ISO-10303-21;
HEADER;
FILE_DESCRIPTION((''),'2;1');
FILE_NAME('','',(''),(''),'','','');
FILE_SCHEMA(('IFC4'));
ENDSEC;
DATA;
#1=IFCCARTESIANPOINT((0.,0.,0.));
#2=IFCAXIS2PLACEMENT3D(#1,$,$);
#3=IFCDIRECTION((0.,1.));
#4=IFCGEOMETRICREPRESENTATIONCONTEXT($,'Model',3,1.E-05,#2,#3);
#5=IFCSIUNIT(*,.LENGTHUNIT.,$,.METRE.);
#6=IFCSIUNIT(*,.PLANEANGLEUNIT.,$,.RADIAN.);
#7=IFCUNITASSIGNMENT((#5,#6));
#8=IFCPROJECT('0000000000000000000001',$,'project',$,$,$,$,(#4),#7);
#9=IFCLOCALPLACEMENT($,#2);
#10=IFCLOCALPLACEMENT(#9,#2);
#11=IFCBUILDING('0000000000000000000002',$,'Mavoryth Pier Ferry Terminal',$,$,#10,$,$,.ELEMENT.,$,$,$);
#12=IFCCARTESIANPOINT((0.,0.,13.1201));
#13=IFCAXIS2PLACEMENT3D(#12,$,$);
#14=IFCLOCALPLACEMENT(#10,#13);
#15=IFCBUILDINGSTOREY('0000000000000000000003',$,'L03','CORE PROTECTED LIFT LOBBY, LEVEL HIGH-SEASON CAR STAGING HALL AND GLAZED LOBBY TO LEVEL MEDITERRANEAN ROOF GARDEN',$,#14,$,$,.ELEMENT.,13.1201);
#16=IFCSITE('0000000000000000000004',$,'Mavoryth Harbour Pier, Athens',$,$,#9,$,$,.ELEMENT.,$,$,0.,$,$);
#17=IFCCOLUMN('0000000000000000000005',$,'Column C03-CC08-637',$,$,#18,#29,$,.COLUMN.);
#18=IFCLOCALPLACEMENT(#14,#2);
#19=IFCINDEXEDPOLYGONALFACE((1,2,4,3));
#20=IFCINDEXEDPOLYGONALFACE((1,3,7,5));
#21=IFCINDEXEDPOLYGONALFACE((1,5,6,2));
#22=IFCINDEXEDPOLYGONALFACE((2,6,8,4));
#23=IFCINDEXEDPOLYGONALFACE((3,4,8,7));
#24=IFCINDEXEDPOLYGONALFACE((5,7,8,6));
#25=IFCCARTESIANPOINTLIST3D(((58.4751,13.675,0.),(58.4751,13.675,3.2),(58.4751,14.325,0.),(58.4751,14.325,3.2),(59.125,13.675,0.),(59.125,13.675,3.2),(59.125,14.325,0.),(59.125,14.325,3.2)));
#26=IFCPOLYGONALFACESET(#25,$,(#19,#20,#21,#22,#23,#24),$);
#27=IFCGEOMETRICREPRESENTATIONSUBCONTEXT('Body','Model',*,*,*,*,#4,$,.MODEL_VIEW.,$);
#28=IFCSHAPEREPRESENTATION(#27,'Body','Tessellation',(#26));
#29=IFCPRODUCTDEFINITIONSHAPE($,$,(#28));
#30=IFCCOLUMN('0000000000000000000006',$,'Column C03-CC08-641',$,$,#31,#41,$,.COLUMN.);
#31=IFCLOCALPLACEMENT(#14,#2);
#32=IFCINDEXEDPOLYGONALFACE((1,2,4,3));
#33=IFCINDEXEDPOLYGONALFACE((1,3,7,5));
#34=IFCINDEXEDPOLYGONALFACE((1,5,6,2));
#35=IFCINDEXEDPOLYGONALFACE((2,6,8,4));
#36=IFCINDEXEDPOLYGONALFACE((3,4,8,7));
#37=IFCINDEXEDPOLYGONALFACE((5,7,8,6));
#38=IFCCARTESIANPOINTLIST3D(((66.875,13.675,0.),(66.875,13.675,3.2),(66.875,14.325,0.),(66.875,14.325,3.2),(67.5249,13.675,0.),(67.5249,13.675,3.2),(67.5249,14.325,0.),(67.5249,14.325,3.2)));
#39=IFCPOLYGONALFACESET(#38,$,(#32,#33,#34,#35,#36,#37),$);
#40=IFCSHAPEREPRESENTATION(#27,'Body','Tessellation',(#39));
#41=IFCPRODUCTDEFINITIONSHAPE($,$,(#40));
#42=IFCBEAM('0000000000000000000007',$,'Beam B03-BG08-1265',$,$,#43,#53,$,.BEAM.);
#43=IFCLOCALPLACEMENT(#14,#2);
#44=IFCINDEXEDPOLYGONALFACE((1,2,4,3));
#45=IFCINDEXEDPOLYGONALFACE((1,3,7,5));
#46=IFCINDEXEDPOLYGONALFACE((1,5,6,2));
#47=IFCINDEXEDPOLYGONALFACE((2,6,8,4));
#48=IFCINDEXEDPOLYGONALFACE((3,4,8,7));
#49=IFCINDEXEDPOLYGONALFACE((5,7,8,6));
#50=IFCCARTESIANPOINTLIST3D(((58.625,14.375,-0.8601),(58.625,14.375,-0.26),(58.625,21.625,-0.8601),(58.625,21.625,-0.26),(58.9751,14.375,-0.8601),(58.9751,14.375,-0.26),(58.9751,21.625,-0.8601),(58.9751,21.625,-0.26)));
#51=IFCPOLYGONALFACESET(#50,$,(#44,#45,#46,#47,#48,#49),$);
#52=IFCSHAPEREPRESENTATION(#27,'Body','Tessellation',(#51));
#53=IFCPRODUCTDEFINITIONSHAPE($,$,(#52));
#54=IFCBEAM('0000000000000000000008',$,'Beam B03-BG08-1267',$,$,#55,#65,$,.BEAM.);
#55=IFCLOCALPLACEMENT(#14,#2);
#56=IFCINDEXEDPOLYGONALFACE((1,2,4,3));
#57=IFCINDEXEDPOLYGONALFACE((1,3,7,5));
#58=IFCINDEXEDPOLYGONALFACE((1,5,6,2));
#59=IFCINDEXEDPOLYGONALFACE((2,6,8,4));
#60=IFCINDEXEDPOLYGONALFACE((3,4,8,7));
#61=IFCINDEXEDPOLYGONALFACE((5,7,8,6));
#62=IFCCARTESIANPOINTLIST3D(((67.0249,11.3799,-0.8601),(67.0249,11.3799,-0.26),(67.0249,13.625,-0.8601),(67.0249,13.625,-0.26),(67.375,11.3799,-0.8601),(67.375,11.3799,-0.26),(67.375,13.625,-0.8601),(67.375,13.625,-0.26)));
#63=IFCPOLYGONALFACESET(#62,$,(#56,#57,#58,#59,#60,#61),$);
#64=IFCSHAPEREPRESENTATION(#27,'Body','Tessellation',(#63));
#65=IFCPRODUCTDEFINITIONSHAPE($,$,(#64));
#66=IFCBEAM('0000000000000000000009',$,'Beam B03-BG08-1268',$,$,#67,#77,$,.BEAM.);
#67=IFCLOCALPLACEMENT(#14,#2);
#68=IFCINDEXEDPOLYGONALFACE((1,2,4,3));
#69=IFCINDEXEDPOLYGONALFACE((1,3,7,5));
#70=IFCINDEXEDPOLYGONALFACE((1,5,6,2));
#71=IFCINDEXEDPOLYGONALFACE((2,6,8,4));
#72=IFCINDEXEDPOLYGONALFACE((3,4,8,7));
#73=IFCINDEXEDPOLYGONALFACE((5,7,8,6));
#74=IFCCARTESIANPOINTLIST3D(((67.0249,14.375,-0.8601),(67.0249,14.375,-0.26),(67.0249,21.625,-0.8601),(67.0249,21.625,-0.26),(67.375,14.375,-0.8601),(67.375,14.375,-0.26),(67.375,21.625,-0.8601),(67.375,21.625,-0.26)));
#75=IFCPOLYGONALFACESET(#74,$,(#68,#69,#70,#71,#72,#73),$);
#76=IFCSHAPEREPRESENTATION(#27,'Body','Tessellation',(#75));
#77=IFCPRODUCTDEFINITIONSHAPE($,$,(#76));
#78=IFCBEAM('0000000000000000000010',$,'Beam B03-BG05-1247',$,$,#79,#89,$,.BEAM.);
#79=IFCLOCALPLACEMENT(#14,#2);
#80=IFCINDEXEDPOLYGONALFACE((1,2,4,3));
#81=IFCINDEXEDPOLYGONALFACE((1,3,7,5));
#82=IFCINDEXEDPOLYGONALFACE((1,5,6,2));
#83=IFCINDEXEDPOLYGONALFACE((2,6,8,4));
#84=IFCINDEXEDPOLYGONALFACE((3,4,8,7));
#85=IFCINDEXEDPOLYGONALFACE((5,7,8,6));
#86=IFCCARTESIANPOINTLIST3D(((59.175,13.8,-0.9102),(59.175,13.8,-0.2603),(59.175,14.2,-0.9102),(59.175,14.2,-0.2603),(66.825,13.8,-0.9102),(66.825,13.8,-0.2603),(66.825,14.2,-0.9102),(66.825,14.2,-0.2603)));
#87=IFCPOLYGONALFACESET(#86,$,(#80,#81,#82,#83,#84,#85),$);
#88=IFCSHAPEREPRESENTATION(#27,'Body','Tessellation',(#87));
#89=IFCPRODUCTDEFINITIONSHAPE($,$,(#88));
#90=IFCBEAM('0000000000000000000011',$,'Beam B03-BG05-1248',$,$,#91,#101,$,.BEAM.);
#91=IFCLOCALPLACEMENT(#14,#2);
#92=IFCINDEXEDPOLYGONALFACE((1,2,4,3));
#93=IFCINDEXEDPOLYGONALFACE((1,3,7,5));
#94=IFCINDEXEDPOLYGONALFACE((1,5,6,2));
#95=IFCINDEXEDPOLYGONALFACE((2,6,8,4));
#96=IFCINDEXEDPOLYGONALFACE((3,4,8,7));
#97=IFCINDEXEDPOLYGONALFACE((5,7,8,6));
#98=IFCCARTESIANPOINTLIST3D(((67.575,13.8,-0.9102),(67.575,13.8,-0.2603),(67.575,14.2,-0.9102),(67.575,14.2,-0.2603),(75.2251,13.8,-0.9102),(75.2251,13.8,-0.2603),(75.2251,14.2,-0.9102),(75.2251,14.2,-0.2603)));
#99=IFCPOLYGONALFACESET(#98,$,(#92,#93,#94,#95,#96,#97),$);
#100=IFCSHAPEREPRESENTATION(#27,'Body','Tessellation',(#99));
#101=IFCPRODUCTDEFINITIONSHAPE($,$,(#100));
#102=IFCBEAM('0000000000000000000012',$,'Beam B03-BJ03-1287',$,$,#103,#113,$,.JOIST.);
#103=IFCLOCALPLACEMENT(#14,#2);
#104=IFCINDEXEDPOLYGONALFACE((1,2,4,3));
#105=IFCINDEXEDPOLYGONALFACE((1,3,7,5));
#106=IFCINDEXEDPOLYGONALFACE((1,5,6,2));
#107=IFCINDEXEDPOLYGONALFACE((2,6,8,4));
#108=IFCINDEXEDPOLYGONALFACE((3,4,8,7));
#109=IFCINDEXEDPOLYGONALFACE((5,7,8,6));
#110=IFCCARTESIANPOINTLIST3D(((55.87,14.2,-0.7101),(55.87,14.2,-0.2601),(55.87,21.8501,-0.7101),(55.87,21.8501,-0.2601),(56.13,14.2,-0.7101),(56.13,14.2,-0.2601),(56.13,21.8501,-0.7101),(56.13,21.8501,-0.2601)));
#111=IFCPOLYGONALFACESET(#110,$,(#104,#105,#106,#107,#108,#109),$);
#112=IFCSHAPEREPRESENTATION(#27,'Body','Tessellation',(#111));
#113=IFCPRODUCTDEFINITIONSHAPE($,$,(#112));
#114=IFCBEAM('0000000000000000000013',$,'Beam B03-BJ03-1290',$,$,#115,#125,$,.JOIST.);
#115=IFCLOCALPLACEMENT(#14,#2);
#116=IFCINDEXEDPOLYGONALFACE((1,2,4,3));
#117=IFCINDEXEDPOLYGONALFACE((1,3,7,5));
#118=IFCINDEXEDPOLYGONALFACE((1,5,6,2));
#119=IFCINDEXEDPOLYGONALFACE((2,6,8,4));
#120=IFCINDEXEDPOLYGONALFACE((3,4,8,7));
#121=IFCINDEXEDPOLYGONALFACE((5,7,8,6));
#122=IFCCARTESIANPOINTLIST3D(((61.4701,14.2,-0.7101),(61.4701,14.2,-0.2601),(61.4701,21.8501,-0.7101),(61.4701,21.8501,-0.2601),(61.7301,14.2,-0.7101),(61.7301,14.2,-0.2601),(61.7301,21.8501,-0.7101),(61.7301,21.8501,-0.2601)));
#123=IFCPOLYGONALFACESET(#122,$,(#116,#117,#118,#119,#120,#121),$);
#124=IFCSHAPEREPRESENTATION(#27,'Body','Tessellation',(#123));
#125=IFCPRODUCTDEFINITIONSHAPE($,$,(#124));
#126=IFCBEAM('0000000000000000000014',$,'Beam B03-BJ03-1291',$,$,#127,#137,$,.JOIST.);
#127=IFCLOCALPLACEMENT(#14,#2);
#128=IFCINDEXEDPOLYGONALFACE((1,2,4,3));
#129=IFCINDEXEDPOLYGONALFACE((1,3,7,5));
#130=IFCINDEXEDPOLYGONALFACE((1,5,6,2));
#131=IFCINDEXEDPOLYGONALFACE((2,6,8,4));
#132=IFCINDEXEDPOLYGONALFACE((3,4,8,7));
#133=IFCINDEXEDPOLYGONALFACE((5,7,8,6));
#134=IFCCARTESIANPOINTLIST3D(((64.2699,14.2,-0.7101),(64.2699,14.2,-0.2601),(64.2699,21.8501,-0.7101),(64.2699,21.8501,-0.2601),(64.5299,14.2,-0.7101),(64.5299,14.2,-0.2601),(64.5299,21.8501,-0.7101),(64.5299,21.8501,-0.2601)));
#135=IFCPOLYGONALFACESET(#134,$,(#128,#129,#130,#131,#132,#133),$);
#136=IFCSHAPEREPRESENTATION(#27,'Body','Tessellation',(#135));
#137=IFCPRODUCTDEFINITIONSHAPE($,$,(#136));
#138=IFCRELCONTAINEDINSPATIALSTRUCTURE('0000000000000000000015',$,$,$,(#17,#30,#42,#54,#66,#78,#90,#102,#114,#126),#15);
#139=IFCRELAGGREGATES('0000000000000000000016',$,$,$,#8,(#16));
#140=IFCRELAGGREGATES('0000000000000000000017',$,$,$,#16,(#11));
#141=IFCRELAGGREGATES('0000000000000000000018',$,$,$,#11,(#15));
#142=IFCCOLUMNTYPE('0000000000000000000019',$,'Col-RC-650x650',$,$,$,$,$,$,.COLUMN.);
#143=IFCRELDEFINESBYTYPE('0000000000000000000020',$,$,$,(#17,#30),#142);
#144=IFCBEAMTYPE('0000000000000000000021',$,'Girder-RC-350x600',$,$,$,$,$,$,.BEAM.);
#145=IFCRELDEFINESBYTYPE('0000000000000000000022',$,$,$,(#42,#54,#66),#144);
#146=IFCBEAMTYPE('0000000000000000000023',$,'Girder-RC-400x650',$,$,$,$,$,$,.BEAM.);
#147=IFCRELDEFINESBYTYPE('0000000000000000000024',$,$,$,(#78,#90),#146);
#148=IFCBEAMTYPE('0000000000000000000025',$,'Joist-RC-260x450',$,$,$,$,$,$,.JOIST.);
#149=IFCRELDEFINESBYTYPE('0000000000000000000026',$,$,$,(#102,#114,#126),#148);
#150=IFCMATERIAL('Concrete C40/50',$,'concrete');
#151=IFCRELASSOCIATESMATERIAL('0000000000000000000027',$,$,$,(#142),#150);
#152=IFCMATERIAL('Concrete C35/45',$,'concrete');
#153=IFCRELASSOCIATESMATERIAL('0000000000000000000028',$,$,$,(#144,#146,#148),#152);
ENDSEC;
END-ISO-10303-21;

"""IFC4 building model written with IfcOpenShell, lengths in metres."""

from ifc_helpers import new_model, si_unit, direction, frame, origin, origin_2d, place, context, subcontext, project, spatial, rectangle, extrude, material, material_profile, profile_set, type_object, element, save


model = new_model("IFC4")

# Units and contexts
model_context = context("Model", 3, precision=1e-05, world=origin(), true_north=direction((0.0, 1.0)))
body_context = subcontext(model_context, "Body", "Model", "MODEL_VIEW")
ifc_project = project(units=[si_unit("LENGTHUNIT", "METRE"), si_unit("PLANEANGLEUNIT", "RADIAN")], contexts=[model_context])

# Site, building, storey
site_placement = place(None, origin())
site = spatial("IfcSite", under=ifc_project, at=site_placement, Name="Mavoryth Harbour Pier, Athens", CompositionType="ELEMENT", RefElevation=0.0)
building_placement = place(site_placement, origin())
building = spatial("IfcBuilding", under=site, at=building_placement, Name="Mavoryth Pier Ferry Terminal", CompositionType="ELEMENT")
storey_placement = place(building_placement, frame((0.0, 0.0, 13.1201)))
storey = spatial("IfcBuildingStorey", under=building, at=storey_placement, Name="L03", Description="CORE PROTECTED LIFT LOBBY, LEVEL HIGH-SEASON CAR STAGING HALL AND GLAZED LOBBY TO LEVEL MEDITERRANEAN ROOF GARDEN", CompositionType="ELEMENT", Elevation=13.1201)

# Columns
ifc_material_1 = material(Name="Concrete C40/50", Category="concrete")
ifc_material_profile_1 = material_profile(ifc_material_1, rectangle(XDim=0.6499, YDim=0.6499, at=origin_2d()), Name="RC 650x650", Category="concrete")
ifc_profile_set_1 = profile_set([ifc_material_profile_1], Name="Concrete C40/50 - RC 650x650")
column_type = type_object("IfcColumnType", Name="Col-RC-650x650", PredefinedType="COLUMN", material=ifc_profile_set_1)
for number, where, z_axis, x_axis, name in (
    (1, (58.8, 14.0, 0.0), (0.0, 0.0, 1.0), (1.0, 0.0, 0.0), "Column C03-CC08-637"),
    (2, (67.2, 14.0, 0.0), (0.0, 0.0, 1.0), (1.0, 0.0, 0.0), "Column C03-CC08-641"),
):
    element("IfcColumn", number, at=place(storey_placement, frame(where, z_axis=z_axis, x_axis=x_axis)), inside=storey, type_object=column_type, Name=name, PredefinedType="COLUMN", context=body_context, shape_type="SweptSolid", body=[
        extrude(rectangle(XDim=0.6499, YDim=0.6499, at=origin_2d()), origin(), (0.0, 0.0, 1.0), 3.2),
    ])

# Beams
ifc_material_2 = material(Name="Concrete C35/45", Category="concrete")
ifc_material_profile_2 = material_profile(ifc_material_2, rectangle(XDim=0.3501, YDim=0.6001, at=origin_2d()), Name="RC 350x600", Category="concrete")
ifc_profile_set_2 = profile_set([ifc_material_profile_2], Name="Concrete C35/45 - RC 350x600")
beam_type_1 = type_object("IfcBeamType", Name="Girder-RC-350x600", PredefinedType="BEAM", material=ifc_profile_set_2)
beam_1_placement = place(storey_placement, frame((58.8, 14.375, -0.5601), z_axis=(0.0, 1.0, 0.0), x_axis=(-1.0, 0.0, 0.0)))
element("IfcBeam", 3, at=beam_1_placement, inside=storey, type_object=beam_type_1, Name="Beam B03-BG08-1265", PredefinedType="BEAM", context=body_context, shape_type="SweptSolid", body=[
    extrude(rectangle(XDim=0.3501, YDim=0.6001, at=origin_2d()), origin(), (0.0, 0.0, 1.0), 7.25),
])
beam_2_placement = place(storey_placement, frame((67.2, 11.3799, -0.5601), z_axis=(0.0, 1.0, 0.0), x_axis=(-1.0, 0.0, 0.0)))
element("IfcBeam", 4, at=beam_2_placement, inside=storey, type_object=beam_type_1, Name="Beam B03-BG08-1267", PredefinedType="BEAM", context=body_context, shape_type="SweptSolid", body=[
    extrude(rectangle(XDim=0.3501, YDim=0.6001, at=origin_2d()), origin(), (0.0, 0.0, 1.0), 2.2451),
])
beam_3_placement = place(storey_placement, frame((67.2, 14.375, -0.5601), z_axis=(0.0, 1.0, 0.0), x_axis=(-1.0, 0.0, 0.0)))
element("IfcBeam", 5, at=beam_3_placement, inside=storey, type_object=beam_type_1, Name="Beam B03-BG08-1268", PredefinedType="BEAM", context=body_context, shape_type="SweptSolid", body=[
    extrude(rectangle(XDim=0.3501, YDim=0.6001, at=origin_2d()), origin(), (0.0, 0.0, 1.0), 7.25),
])
ifc_material_profile_3 = material_profile(ifc_material_2, rectangle(XDim=0.3999, YDim=0.6499, at=origin_2d()), Name="RC 400x650", Category="concrete")
ifc_profile_set_3 = profile_set([ifc_material_profile_3], Name="Concrete C35/45 - RC 400x650")
beam_type_2 = type_object("IfcBeamType", Name="Girder-RC-400x650", PredefinedType="BEAM", material=ifc_profile_set_3)
beam_4_placement = place(storey_placement, frame((59.175, 14.0, -0.5852), z_axis=(1.0, 0.0, 0.0), x_axis=(0.0, 1.0, 0.0)))
element("IfcBeam", 6, at=beam_4_placement, inside=storey, type_object=beam_type_2, Name="Beam B03-BG05-1247", PredefinedType="BEAM", context=body_context, shape_type="SweptSolid", body=[
    extrude(rectangle(XDim=0.3999, YDim=0.6499, at=origin_2d()), origin(), (0.0, 0.0, 1.0), 7.6499),
])
beam_5_placement = place(storey_placement, frame((67.575, 14.0, -0.5852), z_axis=(1.0, 0.0, 0.0), x_axis=(0.0, 1.0, 0.0)))
element("IfcBeam", 7, at=beam_5_placement, inside=storey, type_object=beam_type_2, Name="Beam B03-BG05-1248", PredefinedType="BEAM", context=body_context, shape_type="SweptSolid", body=[
    extrude(rectangle(XDim=0.3999, YDim=0.6499, at=origin_2d()), origin(), (0.0, 0.0, 1.0), 7.6501),
])
ifc_material_profile_4 = material_profile(ifc_material_2, rectangle(XDim=0.26, YDim=0.45, at=origin_2d()), Name="RC 260x450", Category="concrete")
ifc_profile_set_4 = profile_set([ifc_material_profile_4], Name="Concrete C35/45 - RC 260x450")
beam_type_3 = type_object("IfcBeamType", Name="Joist-RC-260x450", PredefinedType="JOIST", material=ifc_profile_set_4)
for number, where, z_axis, x_axis, name in (
    (8, (56.0, 14.2, -0.4851), (0.0, 1.0, 0.0), (-1.0, 0.0, 0.0), "Beam B03-BJ03-1287"),
    (9, (61.6001, 14.2, -0.4851), (0.0, 1.0, 0.0), (-1.0, 0.0, 0.0), "Beam B03-BJ03-1290"),
    (10, (64.3999, 14.2, -0.4851), (0.0, 1.0, 0.0), (-1.0, 0.0, 0.0), "Beam B03-BJ03-1291"),
):
    element("IfcBeam", number, at=place(storey_placement, frame(where, z_axis=z_axis, x_axis=x_axis)), inside=storey, type_object=beam_type_3, Name=name, PredefinedType="JOIST", context=body_context, shape_type="SweptSolid", body=[
        extrude(rectangle(XDim=0.26, YDim=0.45, at=origin_2d()), origin(), (0.0, 0.0, 1.0), 7.6501),
    ])

save(model, "model.ifc")
